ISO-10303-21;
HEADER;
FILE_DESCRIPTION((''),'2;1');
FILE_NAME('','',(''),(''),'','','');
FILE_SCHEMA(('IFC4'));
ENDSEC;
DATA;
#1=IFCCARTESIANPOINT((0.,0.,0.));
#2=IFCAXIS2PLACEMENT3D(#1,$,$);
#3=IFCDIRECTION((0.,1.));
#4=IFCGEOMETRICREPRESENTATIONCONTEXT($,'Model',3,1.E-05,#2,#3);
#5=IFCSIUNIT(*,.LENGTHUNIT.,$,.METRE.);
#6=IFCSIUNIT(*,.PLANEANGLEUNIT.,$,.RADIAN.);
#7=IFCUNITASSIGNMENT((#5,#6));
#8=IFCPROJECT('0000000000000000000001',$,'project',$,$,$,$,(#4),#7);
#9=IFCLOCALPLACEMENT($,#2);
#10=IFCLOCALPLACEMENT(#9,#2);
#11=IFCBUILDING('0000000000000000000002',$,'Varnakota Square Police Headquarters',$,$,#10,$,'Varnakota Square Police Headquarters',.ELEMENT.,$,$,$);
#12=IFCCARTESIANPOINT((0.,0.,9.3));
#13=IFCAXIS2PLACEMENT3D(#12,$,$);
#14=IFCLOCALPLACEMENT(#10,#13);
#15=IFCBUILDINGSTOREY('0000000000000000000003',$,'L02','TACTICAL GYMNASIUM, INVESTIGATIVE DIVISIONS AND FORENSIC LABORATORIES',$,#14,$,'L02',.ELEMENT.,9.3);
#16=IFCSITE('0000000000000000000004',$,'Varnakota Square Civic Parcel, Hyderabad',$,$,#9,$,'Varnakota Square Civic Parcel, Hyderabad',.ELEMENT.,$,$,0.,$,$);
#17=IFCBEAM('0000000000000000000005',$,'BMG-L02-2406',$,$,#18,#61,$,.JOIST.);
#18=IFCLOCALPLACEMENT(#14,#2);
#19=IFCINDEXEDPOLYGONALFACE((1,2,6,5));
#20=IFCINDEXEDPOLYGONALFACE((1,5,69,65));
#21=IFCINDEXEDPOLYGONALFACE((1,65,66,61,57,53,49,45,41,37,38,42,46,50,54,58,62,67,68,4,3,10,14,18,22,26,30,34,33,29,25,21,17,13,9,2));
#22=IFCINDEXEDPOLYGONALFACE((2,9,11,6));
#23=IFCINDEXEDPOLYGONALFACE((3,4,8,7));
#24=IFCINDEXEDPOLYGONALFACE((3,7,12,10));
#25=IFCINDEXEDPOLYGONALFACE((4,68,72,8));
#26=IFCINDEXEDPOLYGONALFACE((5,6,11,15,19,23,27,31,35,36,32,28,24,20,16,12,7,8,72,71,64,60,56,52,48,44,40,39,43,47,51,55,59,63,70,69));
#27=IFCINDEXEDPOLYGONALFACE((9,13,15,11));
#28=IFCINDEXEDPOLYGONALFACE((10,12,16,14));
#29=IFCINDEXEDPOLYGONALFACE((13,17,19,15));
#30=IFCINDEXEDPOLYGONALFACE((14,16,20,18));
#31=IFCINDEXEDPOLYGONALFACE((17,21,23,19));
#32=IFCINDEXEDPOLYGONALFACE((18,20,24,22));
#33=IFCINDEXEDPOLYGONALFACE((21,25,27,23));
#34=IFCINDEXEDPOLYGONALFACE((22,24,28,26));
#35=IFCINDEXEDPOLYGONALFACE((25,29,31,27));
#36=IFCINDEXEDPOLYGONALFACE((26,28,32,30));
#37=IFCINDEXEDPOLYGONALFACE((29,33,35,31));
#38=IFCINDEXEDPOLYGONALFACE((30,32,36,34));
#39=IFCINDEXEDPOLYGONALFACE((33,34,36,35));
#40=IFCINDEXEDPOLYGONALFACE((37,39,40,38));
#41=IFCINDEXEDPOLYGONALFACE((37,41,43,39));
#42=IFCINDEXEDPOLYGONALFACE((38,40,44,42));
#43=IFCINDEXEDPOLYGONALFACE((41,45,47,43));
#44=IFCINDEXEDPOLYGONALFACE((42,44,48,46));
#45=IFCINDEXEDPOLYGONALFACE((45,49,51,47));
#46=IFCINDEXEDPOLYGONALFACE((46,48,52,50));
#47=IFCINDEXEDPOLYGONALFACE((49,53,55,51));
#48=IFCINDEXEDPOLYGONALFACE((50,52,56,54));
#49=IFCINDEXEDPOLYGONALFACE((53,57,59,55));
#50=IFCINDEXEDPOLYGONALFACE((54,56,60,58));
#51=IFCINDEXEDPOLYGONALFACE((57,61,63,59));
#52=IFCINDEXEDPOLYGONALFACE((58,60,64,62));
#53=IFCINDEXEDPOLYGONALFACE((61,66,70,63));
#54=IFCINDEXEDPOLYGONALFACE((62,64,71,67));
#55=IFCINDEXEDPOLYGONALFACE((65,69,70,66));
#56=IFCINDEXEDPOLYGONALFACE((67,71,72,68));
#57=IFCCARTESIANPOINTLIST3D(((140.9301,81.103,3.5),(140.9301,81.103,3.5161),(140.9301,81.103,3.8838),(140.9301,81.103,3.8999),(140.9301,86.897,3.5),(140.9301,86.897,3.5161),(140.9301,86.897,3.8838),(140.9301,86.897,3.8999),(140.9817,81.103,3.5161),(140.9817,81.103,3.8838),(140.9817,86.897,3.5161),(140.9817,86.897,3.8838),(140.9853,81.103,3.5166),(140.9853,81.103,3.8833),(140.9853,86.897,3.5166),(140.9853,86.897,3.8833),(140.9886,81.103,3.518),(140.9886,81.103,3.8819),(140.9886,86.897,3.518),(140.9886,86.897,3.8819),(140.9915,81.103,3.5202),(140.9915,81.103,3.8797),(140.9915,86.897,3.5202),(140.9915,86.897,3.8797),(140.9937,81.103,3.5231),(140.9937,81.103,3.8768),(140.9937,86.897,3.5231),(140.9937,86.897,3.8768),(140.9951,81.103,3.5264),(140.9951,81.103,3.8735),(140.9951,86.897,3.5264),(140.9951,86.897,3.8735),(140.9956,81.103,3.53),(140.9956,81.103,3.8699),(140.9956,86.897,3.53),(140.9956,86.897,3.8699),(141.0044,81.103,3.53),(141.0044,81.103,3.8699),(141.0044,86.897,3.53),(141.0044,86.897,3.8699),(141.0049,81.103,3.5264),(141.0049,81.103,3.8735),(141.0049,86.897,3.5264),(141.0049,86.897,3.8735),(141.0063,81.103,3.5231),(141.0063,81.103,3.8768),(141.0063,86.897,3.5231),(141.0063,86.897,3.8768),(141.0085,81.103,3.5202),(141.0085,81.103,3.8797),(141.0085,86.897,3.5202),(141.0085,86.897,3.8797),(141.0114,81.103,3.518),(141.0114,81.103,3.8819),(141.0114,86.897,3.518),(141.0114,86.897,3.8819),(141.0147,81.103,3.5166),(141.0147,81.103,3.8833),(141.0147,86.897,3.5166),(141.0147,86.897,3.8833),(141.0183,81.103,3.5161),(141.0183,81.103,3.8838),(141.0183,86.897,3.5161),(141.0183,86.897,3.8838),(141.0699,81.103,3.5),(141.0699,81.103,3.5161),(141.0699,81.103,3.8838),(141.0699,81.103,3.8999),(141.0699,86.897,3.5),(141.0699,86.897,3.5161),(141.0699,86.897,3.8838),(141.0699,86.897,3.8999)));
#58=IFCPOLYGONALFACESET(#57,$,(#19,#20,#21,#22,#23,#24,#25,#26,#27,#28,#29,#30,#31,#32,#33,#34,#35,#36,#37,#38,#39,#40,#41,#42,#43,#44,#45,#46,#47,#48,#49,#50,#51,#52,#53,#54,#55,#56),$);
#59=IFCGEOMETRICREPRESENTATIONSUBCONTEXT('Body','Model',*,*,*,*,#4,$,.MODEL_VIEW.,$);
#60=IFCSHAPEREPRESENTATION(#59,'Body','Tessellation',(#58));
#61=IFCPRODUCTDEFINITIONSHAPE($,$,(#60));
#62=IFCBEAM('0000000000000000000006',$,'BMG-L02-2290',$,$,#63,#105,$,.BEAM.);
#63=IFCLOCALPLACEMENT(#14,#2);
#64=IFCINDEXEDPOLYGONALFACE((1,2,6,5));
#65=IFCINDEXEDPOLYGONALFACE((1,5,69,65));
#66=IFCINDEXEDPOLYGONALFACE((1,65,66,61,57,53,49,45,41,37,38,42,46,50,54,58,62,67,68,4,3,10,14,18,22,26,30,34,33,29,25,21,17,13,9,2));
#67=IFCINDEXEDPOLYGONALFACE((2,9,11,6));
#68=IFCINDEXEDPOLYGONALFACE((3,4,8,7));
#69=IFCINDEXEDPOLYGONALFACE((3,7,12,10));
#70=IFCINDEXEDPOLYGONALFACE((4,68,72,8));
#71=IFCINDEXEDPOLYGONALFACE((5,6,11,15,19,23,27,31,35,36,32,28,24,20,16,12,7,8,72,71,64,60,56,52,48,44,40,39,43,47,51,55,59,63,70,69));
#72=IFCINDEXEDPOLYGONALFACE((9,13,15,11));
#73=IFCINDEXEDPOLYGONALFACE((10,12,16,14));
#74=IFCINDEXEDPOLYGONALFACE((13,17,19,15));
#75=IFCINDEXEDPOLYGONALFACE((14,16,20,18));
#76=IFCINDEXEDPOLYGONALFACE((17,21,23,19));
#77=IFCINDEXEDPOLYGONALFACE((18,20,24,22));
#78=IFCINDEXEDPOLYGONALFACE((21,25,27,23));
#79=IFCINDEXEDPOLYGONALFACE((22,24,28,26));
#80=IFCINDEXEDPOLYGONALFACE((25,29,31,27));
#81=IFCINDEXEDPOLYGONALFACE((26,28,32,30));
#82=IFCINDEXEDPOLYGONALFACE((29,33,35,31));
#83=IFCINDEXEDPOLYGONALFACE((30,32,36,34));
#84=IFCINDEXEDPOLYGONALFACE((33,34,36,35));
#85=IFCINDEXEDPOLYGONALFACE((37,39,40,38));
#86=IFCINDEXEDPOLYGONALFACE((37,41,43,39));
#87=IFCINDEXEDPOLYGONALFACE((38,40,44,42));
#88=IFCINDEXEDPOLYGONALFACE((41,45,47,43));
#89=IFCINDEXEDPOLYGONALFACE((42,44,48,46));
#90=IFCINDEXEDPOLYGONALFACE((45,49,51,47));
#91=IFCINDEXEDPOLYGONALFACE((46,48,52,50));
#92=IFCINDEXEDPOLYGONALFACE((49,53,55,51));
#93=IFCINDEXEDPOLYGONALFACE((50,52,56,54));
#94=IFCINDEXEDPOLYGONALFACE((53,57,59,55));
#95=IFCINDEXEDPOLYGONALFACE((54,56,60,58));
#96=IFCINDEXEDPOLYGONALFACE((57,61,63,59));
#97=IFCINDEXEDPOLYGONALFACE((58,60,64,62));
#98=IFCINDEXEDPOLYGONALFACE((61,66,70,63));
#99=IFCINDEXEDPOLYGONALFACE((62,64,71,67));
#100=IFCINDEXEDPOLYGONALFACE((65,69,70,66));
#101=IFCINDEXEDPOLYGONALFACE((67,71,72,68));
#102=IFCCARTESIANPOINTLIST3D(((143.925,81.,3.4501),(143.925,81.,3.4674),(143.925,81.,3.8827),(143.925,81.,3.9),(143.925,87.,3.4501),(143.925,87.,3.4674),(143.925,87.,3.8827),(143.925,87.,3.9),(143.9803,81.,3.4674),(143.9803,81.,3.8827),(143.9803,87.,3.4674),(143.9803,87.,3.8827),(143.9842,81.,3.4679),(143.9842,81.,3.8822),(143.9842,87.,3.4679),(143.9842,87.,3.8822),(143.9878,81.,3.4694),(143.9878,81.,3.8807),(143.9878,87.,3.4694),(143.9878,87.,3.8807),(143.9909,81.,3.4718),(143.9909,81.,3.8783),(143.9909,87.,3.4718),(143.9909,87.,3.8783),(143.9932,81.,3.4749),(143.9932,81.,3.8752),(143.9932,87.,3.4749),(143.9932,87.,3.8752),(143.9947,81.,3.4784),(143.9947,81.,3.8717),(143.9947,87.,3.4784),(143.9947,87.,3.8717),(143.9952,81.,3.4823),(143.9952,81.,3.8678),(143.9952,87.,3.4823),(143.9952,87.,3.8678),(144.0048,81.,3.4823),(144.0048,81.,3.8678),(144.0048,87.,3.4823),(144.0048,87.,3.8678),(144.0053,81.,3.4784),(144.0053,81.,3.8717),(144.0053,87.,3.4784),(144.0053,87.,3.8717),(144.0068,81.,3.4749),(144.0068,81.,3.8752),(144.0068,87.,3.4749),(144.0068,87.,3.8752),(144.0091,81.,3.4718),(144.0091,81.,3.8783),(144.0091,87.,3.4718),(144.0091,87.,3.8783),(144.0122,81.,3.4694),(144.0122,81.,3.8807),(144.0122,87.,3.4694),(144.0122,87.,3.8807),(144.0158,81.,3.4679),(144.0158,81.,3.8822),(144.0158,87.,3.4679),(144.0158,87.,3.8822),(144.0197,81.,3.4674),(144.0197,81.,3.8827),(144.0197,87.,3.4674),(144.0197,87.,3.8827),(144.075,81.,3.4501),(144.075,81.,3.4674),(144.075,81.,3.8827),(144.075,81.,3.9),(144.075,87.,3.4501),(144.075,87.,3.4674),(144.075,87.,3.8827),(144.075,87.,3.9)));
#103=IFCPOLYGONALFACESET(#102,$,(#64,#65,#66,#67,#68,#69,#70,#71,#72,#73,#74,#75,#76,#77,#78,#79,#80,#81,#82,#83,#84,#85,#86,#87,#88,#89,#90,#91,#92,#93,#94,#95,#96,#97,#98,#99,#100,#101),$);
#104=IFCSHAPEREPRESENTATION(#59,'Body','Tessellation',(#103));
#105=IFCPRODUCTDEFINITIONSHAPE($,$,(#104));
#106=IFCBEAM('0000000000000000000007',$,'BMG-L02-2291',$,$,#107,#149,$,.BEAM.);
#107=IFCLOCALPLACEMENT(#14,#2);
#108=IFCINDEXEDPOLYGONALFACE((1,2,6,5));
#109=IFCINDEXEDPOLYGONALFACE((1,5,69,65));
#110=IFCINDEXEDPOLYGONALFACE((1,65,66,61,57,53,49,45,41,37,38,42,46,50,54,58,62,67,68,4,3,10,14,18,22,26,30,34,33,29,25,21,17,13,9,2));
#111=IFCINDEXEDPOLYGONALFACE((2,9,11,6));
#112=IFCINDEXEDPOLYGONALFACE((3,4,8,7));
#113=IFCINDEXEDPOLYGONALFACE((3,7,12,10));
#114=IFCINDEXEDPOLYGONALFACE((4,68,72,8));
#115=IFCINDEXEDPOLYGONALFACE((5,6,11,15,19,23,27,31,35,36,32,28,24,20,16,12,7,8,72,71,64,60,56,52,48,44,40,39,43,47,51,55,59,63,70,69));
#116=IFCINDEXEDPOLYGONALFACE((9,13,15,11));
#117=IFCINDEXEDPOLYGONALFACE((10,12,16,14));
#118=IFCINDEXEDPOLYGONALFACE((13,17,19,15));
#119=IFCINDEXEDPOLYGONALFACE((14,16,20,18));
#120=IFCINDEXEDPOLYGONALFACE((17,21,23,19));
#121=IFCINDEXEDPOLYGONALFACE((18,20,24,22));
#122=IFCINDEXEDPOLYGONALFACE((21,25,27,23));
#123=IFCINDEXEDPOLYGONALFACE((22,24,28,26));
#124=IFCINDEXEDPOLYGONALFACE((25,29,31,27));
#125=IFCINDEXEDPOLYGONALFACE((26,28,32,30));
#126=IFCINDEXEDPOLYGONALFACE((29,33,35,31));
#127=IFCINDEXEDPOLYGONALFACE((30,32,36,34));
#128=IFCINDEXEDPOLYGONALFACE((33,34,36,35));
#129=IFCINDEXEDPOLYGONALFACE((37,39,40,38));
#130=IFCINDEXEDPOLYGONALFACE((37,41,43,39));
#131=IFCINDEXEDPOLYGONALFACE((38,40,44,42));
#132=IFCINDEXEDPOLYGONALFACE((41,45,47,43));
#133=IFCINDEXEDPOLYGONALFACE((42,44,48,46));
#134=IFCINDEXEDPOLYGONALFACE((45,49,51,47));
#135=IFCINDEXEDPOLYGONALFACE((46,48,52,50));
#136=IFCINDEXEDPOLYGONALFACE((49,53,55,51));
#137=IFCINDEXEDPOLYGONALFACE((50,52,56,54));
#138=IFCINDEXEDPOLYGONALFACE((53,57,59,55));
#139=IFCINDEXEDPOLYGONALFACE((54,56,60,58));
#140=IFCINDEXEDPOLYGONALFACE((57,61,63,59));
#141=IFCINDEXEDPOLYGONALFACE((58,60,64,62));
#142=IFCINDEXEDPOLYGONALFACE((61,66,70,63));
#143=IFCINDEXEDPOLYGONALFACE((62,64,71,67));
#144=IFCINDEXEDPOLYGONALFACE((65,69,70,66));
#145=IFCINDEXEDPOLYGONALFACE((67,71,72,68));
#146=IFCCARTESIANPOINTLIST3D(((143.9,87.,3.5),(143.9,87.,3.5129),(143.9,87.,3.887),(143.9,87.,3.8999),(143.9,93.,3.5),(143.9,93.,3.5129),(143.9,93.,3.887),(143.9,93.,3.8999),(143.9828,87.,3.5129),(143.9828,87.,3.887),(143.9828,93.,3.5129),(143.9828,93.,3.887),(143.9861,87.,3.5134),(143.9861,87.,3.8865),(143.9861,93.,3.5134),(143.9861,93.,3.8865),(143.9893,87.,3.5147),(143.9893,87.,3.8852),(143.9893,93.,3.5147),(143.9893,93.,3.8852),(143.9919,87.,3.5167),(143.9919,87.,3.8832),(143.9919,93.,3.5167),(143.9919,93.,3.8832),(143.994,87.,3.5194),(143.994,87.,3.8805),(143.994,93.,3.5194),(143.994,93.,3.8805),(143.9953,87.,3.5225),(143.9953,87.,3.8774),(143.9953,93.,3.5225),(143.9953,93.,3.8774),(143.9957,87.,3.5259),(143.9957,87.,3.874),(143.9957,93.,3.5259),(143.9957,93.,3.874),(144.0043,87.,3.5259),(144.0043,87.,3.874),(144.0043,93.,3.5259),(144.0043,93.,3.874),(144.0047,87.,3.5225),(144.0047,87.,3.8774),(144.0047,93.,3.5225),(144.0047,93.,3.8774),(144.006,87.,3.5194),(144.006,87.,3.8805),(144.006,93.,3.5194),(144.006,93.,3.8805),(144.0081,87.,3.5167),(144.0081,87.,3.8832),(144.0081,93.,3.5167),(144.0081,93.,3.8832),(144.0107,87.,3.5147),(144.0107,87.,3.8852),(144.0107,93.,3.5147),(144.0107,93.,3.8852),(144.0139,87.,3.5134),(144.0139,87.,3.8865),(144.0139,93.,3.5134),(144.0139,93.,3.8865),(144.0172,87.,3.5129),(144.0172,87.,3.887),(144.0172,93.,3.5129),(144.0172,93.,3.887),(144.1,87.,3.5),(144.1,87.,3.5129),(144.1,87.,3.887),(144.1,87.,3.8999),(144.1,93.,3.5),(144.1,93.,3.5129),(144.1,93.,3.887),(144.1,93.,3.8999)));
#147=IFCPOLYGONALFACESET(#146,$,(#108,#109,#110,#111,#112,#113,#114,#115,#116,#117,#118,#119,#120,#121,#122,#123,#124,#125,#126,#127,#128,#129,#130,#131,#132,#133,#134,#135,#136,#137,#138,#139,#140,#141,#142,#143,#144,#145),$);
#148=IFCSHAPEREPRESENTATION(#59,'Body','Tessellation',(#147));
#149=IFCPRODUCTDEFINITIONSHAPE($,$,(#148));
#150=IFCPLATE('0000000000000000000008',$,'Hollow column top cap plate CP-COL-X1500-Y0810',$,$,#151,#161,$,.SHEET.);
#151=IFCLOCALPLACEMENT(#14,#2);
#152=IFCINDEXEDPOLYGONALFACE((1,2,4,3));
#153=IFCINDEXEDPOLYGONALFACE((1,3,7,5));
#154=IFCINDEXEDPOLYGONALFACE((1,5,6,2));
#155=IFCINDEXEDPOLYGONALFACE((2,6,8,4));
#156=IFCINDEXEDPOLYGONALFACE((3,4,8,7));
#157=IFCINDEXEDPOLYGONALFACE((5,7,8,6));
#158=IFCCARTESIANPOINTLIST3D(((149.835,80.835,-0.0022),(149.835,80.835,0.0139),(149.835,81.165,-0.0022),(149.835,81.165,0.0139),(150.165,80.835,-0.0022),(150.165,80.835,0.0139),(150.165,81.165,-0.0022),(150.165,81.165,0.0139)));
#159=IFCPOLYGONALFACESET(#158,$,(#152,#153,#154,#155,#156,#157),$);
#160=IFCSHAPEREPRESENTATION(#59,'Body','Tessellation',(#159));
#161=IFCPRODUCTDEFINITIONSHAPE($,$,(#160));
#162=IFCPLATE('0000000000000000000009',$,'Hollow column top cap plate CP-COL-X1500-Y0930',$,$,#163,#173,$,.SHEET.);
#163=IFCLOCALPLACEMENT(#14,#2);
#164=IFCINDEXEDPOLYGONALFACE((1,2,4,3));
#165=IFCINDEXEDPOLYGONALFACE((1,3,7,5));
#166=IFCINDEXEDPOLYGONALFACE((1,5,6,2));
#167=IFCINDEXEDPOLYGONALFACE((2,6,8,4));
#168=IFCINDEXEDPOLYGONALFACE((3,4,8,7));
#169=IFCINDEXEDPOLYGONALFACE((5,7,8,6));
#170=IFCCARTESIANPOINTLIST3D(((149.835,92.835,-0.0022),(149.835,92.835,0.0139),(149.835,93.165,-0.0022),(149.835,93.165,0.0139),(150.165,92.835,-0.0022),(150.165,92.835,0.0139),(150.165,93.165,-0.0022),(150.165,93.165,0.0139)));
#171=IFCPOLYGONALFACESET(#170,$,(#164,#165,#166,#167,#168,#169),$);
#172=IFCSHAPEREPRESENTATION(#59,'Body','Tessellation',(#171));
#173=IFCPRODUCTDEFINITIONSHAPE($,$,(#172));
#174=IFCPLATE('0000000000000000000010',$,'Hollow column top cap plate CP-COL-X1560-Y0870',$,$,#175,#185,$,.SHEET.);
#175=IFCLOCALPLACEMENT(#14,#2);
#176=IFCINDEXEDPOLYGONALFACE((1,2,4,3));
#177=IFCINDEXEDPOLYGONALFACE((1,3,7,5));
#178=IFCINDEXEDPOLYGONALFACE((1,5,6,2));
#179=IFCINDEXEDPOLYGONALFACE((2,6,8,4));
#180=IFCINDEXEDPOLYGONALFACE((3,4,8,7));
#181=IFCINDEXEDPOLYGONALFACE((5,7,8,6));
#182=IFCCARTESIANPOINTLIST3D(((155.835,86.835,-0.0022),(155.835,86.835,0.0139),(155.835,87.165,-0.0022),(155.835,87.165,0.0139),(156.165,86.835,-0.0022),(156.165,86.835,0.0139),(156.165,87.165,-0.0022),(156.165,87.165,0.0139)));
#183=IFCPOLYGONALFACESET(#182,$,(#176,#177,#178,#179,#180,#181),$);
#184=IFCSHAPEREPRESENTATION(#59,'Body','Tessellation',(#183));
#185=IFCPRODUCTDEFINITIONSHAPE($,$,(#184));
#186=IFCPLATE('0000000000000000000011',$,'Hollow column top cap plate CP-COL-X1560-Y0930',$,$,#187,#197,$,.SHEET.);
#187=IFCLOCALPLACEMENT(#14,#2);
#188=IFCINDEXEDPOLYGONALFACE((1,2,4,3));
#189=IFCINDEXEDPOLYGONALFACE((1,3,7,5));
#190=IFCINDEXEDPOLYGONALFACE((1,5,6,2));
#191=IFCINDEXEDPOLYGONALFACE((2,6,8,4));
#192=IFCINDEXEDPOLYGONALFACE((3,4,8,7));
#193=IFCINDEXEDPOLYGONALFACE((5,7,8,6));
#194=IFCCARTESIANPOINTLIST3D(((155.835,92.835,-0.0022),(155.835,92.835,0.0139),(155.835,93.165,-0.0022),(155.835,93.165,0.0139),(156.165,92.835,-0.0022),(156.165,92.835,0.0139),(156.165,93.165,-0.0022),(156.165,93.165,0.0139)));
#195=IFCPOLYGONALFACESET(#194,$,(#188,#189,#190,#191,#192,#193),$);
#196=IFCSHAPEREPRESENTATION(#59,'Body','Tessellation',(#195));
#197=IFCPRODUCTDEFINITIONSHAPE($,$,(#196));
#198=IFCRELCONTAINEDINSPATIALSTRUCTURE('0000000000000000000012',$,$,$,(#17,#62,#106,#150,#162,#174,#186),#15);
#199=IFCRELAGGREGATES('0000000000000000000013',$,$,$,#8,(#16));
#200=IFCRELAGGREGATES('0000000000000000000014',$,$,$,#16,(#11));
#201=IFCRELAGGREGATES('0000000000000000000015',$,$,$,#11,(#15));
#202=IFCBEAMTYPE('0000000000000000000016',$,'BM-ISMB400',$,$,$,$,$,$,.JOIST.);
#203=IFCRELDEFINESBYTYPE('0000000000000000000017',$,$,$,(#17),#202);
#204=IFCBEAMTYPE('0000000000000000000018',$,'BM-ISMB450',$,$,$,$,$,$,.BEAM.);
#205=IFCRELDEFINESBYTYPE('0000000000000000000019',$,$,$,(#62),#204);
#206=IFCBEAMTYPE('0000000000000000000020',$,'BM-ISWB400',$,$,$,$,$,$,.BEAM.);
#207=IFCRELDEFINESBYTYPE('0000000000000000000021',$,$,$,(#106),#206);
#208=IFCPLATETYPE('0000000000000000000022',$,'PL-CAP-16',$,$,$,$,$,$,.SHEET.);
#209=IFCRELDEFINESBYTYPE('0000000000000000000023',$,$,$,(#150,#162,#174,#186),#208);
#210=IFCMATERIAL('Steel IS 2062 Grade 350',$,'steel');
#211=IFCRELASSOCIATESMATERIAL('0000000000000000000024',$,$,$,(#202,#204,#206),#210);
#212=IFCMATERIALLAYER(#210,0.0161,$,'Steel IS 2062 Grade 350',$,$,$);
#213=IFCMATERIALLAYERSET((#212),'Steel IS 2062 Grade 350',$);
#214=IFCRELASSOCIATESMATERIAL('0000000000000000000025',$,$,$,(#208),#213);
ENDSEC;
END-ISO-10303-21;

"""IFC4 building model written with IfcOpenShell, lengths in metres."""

from ifc_helpers import new_model, si_unit, direction, frame, origin, origin_2d, place, context, subcontext, project, spatial, rectangle, i_section, extrude, material, layer, layer_set, material_profile, profile_set, type_object, element, save


model = new_model("IFC4")

# Units and contexts
model_context = context("Model", 3, precision=1e-05, world=origin(), true_north=direction((0.0, 1.0)))
body_context = subcontext(model_context, "Body", "Model", "MODEL_VIEW")
ifc_project = project(units=[si_unit("LENGTHUNIT", "METRE"), si_unit("PLANEANGLEUNIT", "RADIAN")], contexts=[model_context])

# Site, building, storey
site_placement = place(None, origin())
site = spatial("IfcSite", under=ifc_project, at=site_placement, Name="Varnakota Square Civic Parcel, Hyderabad", LongName="Varnakota Square Civic Parcel, Hyderabad", CompositionType="ELEMENT", RefElevation=0.0)
building_placement = place(site_placement, origin())
building = spatial("IfcBuilding", under=site, at=building_placement, Name="Varnakota Square Police Headquarters", LongName="Varnakota Square Police Headquarters", CompositionType="ELEMENT")
storey_placement = place(building_placement, frame((0.0, 0.0, 9.3)))
storey = spatial("IfcBuildingStorey", under=building, at=storey_placement, Name="L02", Description="TACTICAL GYMNASIUM, INVESTIGATIVE DIVISIONS AND FORENSIC LABORATORIES", LongName="L02", CompositionType="ELEMENT", Elevation=9.3)

# Shared definitions
ifc_material_1 = material(Name="Steel IS 2062 Grade 350", Category="steel")

# Beams
ifc_material_profile_1 = material_profile(ifc_material_1, i_section(OverallWidth=0.1399, OverallDepth=0.3999, WebThickness=0.0088, FlangeThickness=0.0161, FilletRadius=0.0139, at=origin_2d()), Name="ISMB 400")
ifc_profile_set_1 = profile_set([ifc_material_profile_1], Name="Steel IS 2062 Grade 350")
beam_type_1 = type_object("IfcBeamType", Name="BM-ISMB400", PredefinedType="JOIST", material=ifc_profile_set_1)
beam_1_placement = place(storey_placement, frame((141.0, 81.103, 3.7), z_axis=(0.0, 1.0, 0.0), x_axis=(-1.0, 0.0, 0.0)))
element("IfcBeam", 1, at=beam_1_placement, inside=storey, type_object=beam_type_1, Name="BMG-L02-2406", PredefinedType="JOIST", context=body_context, shape_type="SweptSolid", body=[
    extrude(i_section(OverallWidth=0.1399, OverallDepth=0.3999, WebThickness=0.0088, FlangeThickness=0.0161, FilletRadius=0.0139, at=origin_2d()), origin(), (0.0, 0.0, 1.0), 5.7939),
])
ifc_material_profile_2 = material_profile(ifc_material_1, i_section(OverallWidth=0.1499, OverallDepth=0.45, WebThickness=0.0095, FlangeThickness=0.0173, FilletRadius=0.0149, at=origin_2d()), Name="ISMB 450")
ifc_profile_set_2 = profile_set([ifc_material_profile_2], Name="Steel IS 2062 Grade 350")
beam_type_2 = type_object("IfcBeamType", Name="BM-ISMB450", PredefinedType="BEAM", material=ifc_profile_set_2)
beam_2_placement = place(storey_placement, frame((144.0, 81.0, 3.675), z_axis=(0.0, 1.0, 0.0), x_axis=(-1.0, 0.0, 0.0)))
element("IfcBeam", 2, at=beam_2_placement, inside=storey, type_object=beam_type_2, Name="BMG-L02-2290", PredefinedType="BEAM", context=body_context, shape_type="SweptSolid", body=[
    extrude(i_section(OverallWidth=0.1499, OverallDepth=0.45, WebThickness=0.0095, FlangeThickness=0.0173, FilletRadius=0.0149, at=origin_2d()), origin(), (0.0, 0.0, 1.0), 6.0),
])
ifc_material_profile_3 = material_profile(ifc_material_1, i_section(OverallWidth=0.2, OverallDepth=0.3999, WebThickness=0.0085, FlangeThickness=0.0129, FilletRadius=0.0129, at=origin_2d()), Name="ISWB 400")
ifc_profile_set_3 = profile_set([ifc_material_profile_3], Name="Steel IS 2062 Grade 350")
beam_type_3 = type_object("IfcBeamType", Name="BM-ISWB400", PredefinedType="BEAM", material=ifc_profile_set_3)
beam_3_placement = place(storey_placement, frame((144.0, 87.0, 3.7), z_axis=(0.0, 1.0, 0.0), x_axis=(-1.0, 0.0, 0.0)))
element("IfcBeam", 3, at=beam_3_placement, inside=storey, type_object=beam_type_3, Name="BMG-L02-2291", PredefinedType="BEAM", context=body_context, shape_type="SweptSolid", body=[
    extrude(i_section(OverallWidth=0.2, OverallDepth=0.3999, WebThickness=0.0085, FlangeThickness=0.0129, FilletRadius=0.0129, at=origin_2d()), origin(), (0.0, 0.0, 1.0), 6.0),
])

# Plates
ifc_layer_1 = layer(ifc_material_1, 0.0161, Name="Steel IS 2062 Grade 350")
ifc_layer_set_1 = layer_set([ifc_layer_1], Name="Steel IS 2062 Grade 350")
plate_type = type_object("IfcPlateType", Name="PL-CAP-16", PredefinedType="SHEET", material=ifc_layer_set_1)
for number, where, z_axis, x_axis, name in (
    (4, (150.0, 81.0, -0.0022), (0.0, 0.0, 1.0), (1.0, 0.0, 0.0), "Hollow column top cap plate CP-COL-X1500-Y0810"),
    (5, (150.0, 93.0, -0.0022), (0.0, 0.0, 1.0), (1.0, 0.0, 0.0), "Hollow column top cap plate CP-COL-X1500-Y0930"),
    (6, (156.0, 87.0, -0.0022), (0.0, 0.0, 1.0), (1.0, 0.0, 0.0), "Hollow column top cap plate CP-COL-X1560-Y0870"),
    (7, (156.0, 93.0, -0.0022), (0.0, 0.0, 1.0), (1.0, 0.0, 0.0), "Hollow column top cap plate CP-COL-X1560-Y0930"),
):
    element("IfcPlate", number, at=place(storey_placement, frame(where, z_axis=z_axis, x_axis=x_axis)), inside=storey, type_object=plate_type, Name=name, PredefinedType="SHEET", context=body_context, shape_type="SweptSolid", body=[
        extrude(rectangle(XDim=0.3301, YDim=0.3301, at=origin_2d()), origin(), (0.0, 0.0, 1.0), 0.0161),
    ])

save(model, "model.ifc")
